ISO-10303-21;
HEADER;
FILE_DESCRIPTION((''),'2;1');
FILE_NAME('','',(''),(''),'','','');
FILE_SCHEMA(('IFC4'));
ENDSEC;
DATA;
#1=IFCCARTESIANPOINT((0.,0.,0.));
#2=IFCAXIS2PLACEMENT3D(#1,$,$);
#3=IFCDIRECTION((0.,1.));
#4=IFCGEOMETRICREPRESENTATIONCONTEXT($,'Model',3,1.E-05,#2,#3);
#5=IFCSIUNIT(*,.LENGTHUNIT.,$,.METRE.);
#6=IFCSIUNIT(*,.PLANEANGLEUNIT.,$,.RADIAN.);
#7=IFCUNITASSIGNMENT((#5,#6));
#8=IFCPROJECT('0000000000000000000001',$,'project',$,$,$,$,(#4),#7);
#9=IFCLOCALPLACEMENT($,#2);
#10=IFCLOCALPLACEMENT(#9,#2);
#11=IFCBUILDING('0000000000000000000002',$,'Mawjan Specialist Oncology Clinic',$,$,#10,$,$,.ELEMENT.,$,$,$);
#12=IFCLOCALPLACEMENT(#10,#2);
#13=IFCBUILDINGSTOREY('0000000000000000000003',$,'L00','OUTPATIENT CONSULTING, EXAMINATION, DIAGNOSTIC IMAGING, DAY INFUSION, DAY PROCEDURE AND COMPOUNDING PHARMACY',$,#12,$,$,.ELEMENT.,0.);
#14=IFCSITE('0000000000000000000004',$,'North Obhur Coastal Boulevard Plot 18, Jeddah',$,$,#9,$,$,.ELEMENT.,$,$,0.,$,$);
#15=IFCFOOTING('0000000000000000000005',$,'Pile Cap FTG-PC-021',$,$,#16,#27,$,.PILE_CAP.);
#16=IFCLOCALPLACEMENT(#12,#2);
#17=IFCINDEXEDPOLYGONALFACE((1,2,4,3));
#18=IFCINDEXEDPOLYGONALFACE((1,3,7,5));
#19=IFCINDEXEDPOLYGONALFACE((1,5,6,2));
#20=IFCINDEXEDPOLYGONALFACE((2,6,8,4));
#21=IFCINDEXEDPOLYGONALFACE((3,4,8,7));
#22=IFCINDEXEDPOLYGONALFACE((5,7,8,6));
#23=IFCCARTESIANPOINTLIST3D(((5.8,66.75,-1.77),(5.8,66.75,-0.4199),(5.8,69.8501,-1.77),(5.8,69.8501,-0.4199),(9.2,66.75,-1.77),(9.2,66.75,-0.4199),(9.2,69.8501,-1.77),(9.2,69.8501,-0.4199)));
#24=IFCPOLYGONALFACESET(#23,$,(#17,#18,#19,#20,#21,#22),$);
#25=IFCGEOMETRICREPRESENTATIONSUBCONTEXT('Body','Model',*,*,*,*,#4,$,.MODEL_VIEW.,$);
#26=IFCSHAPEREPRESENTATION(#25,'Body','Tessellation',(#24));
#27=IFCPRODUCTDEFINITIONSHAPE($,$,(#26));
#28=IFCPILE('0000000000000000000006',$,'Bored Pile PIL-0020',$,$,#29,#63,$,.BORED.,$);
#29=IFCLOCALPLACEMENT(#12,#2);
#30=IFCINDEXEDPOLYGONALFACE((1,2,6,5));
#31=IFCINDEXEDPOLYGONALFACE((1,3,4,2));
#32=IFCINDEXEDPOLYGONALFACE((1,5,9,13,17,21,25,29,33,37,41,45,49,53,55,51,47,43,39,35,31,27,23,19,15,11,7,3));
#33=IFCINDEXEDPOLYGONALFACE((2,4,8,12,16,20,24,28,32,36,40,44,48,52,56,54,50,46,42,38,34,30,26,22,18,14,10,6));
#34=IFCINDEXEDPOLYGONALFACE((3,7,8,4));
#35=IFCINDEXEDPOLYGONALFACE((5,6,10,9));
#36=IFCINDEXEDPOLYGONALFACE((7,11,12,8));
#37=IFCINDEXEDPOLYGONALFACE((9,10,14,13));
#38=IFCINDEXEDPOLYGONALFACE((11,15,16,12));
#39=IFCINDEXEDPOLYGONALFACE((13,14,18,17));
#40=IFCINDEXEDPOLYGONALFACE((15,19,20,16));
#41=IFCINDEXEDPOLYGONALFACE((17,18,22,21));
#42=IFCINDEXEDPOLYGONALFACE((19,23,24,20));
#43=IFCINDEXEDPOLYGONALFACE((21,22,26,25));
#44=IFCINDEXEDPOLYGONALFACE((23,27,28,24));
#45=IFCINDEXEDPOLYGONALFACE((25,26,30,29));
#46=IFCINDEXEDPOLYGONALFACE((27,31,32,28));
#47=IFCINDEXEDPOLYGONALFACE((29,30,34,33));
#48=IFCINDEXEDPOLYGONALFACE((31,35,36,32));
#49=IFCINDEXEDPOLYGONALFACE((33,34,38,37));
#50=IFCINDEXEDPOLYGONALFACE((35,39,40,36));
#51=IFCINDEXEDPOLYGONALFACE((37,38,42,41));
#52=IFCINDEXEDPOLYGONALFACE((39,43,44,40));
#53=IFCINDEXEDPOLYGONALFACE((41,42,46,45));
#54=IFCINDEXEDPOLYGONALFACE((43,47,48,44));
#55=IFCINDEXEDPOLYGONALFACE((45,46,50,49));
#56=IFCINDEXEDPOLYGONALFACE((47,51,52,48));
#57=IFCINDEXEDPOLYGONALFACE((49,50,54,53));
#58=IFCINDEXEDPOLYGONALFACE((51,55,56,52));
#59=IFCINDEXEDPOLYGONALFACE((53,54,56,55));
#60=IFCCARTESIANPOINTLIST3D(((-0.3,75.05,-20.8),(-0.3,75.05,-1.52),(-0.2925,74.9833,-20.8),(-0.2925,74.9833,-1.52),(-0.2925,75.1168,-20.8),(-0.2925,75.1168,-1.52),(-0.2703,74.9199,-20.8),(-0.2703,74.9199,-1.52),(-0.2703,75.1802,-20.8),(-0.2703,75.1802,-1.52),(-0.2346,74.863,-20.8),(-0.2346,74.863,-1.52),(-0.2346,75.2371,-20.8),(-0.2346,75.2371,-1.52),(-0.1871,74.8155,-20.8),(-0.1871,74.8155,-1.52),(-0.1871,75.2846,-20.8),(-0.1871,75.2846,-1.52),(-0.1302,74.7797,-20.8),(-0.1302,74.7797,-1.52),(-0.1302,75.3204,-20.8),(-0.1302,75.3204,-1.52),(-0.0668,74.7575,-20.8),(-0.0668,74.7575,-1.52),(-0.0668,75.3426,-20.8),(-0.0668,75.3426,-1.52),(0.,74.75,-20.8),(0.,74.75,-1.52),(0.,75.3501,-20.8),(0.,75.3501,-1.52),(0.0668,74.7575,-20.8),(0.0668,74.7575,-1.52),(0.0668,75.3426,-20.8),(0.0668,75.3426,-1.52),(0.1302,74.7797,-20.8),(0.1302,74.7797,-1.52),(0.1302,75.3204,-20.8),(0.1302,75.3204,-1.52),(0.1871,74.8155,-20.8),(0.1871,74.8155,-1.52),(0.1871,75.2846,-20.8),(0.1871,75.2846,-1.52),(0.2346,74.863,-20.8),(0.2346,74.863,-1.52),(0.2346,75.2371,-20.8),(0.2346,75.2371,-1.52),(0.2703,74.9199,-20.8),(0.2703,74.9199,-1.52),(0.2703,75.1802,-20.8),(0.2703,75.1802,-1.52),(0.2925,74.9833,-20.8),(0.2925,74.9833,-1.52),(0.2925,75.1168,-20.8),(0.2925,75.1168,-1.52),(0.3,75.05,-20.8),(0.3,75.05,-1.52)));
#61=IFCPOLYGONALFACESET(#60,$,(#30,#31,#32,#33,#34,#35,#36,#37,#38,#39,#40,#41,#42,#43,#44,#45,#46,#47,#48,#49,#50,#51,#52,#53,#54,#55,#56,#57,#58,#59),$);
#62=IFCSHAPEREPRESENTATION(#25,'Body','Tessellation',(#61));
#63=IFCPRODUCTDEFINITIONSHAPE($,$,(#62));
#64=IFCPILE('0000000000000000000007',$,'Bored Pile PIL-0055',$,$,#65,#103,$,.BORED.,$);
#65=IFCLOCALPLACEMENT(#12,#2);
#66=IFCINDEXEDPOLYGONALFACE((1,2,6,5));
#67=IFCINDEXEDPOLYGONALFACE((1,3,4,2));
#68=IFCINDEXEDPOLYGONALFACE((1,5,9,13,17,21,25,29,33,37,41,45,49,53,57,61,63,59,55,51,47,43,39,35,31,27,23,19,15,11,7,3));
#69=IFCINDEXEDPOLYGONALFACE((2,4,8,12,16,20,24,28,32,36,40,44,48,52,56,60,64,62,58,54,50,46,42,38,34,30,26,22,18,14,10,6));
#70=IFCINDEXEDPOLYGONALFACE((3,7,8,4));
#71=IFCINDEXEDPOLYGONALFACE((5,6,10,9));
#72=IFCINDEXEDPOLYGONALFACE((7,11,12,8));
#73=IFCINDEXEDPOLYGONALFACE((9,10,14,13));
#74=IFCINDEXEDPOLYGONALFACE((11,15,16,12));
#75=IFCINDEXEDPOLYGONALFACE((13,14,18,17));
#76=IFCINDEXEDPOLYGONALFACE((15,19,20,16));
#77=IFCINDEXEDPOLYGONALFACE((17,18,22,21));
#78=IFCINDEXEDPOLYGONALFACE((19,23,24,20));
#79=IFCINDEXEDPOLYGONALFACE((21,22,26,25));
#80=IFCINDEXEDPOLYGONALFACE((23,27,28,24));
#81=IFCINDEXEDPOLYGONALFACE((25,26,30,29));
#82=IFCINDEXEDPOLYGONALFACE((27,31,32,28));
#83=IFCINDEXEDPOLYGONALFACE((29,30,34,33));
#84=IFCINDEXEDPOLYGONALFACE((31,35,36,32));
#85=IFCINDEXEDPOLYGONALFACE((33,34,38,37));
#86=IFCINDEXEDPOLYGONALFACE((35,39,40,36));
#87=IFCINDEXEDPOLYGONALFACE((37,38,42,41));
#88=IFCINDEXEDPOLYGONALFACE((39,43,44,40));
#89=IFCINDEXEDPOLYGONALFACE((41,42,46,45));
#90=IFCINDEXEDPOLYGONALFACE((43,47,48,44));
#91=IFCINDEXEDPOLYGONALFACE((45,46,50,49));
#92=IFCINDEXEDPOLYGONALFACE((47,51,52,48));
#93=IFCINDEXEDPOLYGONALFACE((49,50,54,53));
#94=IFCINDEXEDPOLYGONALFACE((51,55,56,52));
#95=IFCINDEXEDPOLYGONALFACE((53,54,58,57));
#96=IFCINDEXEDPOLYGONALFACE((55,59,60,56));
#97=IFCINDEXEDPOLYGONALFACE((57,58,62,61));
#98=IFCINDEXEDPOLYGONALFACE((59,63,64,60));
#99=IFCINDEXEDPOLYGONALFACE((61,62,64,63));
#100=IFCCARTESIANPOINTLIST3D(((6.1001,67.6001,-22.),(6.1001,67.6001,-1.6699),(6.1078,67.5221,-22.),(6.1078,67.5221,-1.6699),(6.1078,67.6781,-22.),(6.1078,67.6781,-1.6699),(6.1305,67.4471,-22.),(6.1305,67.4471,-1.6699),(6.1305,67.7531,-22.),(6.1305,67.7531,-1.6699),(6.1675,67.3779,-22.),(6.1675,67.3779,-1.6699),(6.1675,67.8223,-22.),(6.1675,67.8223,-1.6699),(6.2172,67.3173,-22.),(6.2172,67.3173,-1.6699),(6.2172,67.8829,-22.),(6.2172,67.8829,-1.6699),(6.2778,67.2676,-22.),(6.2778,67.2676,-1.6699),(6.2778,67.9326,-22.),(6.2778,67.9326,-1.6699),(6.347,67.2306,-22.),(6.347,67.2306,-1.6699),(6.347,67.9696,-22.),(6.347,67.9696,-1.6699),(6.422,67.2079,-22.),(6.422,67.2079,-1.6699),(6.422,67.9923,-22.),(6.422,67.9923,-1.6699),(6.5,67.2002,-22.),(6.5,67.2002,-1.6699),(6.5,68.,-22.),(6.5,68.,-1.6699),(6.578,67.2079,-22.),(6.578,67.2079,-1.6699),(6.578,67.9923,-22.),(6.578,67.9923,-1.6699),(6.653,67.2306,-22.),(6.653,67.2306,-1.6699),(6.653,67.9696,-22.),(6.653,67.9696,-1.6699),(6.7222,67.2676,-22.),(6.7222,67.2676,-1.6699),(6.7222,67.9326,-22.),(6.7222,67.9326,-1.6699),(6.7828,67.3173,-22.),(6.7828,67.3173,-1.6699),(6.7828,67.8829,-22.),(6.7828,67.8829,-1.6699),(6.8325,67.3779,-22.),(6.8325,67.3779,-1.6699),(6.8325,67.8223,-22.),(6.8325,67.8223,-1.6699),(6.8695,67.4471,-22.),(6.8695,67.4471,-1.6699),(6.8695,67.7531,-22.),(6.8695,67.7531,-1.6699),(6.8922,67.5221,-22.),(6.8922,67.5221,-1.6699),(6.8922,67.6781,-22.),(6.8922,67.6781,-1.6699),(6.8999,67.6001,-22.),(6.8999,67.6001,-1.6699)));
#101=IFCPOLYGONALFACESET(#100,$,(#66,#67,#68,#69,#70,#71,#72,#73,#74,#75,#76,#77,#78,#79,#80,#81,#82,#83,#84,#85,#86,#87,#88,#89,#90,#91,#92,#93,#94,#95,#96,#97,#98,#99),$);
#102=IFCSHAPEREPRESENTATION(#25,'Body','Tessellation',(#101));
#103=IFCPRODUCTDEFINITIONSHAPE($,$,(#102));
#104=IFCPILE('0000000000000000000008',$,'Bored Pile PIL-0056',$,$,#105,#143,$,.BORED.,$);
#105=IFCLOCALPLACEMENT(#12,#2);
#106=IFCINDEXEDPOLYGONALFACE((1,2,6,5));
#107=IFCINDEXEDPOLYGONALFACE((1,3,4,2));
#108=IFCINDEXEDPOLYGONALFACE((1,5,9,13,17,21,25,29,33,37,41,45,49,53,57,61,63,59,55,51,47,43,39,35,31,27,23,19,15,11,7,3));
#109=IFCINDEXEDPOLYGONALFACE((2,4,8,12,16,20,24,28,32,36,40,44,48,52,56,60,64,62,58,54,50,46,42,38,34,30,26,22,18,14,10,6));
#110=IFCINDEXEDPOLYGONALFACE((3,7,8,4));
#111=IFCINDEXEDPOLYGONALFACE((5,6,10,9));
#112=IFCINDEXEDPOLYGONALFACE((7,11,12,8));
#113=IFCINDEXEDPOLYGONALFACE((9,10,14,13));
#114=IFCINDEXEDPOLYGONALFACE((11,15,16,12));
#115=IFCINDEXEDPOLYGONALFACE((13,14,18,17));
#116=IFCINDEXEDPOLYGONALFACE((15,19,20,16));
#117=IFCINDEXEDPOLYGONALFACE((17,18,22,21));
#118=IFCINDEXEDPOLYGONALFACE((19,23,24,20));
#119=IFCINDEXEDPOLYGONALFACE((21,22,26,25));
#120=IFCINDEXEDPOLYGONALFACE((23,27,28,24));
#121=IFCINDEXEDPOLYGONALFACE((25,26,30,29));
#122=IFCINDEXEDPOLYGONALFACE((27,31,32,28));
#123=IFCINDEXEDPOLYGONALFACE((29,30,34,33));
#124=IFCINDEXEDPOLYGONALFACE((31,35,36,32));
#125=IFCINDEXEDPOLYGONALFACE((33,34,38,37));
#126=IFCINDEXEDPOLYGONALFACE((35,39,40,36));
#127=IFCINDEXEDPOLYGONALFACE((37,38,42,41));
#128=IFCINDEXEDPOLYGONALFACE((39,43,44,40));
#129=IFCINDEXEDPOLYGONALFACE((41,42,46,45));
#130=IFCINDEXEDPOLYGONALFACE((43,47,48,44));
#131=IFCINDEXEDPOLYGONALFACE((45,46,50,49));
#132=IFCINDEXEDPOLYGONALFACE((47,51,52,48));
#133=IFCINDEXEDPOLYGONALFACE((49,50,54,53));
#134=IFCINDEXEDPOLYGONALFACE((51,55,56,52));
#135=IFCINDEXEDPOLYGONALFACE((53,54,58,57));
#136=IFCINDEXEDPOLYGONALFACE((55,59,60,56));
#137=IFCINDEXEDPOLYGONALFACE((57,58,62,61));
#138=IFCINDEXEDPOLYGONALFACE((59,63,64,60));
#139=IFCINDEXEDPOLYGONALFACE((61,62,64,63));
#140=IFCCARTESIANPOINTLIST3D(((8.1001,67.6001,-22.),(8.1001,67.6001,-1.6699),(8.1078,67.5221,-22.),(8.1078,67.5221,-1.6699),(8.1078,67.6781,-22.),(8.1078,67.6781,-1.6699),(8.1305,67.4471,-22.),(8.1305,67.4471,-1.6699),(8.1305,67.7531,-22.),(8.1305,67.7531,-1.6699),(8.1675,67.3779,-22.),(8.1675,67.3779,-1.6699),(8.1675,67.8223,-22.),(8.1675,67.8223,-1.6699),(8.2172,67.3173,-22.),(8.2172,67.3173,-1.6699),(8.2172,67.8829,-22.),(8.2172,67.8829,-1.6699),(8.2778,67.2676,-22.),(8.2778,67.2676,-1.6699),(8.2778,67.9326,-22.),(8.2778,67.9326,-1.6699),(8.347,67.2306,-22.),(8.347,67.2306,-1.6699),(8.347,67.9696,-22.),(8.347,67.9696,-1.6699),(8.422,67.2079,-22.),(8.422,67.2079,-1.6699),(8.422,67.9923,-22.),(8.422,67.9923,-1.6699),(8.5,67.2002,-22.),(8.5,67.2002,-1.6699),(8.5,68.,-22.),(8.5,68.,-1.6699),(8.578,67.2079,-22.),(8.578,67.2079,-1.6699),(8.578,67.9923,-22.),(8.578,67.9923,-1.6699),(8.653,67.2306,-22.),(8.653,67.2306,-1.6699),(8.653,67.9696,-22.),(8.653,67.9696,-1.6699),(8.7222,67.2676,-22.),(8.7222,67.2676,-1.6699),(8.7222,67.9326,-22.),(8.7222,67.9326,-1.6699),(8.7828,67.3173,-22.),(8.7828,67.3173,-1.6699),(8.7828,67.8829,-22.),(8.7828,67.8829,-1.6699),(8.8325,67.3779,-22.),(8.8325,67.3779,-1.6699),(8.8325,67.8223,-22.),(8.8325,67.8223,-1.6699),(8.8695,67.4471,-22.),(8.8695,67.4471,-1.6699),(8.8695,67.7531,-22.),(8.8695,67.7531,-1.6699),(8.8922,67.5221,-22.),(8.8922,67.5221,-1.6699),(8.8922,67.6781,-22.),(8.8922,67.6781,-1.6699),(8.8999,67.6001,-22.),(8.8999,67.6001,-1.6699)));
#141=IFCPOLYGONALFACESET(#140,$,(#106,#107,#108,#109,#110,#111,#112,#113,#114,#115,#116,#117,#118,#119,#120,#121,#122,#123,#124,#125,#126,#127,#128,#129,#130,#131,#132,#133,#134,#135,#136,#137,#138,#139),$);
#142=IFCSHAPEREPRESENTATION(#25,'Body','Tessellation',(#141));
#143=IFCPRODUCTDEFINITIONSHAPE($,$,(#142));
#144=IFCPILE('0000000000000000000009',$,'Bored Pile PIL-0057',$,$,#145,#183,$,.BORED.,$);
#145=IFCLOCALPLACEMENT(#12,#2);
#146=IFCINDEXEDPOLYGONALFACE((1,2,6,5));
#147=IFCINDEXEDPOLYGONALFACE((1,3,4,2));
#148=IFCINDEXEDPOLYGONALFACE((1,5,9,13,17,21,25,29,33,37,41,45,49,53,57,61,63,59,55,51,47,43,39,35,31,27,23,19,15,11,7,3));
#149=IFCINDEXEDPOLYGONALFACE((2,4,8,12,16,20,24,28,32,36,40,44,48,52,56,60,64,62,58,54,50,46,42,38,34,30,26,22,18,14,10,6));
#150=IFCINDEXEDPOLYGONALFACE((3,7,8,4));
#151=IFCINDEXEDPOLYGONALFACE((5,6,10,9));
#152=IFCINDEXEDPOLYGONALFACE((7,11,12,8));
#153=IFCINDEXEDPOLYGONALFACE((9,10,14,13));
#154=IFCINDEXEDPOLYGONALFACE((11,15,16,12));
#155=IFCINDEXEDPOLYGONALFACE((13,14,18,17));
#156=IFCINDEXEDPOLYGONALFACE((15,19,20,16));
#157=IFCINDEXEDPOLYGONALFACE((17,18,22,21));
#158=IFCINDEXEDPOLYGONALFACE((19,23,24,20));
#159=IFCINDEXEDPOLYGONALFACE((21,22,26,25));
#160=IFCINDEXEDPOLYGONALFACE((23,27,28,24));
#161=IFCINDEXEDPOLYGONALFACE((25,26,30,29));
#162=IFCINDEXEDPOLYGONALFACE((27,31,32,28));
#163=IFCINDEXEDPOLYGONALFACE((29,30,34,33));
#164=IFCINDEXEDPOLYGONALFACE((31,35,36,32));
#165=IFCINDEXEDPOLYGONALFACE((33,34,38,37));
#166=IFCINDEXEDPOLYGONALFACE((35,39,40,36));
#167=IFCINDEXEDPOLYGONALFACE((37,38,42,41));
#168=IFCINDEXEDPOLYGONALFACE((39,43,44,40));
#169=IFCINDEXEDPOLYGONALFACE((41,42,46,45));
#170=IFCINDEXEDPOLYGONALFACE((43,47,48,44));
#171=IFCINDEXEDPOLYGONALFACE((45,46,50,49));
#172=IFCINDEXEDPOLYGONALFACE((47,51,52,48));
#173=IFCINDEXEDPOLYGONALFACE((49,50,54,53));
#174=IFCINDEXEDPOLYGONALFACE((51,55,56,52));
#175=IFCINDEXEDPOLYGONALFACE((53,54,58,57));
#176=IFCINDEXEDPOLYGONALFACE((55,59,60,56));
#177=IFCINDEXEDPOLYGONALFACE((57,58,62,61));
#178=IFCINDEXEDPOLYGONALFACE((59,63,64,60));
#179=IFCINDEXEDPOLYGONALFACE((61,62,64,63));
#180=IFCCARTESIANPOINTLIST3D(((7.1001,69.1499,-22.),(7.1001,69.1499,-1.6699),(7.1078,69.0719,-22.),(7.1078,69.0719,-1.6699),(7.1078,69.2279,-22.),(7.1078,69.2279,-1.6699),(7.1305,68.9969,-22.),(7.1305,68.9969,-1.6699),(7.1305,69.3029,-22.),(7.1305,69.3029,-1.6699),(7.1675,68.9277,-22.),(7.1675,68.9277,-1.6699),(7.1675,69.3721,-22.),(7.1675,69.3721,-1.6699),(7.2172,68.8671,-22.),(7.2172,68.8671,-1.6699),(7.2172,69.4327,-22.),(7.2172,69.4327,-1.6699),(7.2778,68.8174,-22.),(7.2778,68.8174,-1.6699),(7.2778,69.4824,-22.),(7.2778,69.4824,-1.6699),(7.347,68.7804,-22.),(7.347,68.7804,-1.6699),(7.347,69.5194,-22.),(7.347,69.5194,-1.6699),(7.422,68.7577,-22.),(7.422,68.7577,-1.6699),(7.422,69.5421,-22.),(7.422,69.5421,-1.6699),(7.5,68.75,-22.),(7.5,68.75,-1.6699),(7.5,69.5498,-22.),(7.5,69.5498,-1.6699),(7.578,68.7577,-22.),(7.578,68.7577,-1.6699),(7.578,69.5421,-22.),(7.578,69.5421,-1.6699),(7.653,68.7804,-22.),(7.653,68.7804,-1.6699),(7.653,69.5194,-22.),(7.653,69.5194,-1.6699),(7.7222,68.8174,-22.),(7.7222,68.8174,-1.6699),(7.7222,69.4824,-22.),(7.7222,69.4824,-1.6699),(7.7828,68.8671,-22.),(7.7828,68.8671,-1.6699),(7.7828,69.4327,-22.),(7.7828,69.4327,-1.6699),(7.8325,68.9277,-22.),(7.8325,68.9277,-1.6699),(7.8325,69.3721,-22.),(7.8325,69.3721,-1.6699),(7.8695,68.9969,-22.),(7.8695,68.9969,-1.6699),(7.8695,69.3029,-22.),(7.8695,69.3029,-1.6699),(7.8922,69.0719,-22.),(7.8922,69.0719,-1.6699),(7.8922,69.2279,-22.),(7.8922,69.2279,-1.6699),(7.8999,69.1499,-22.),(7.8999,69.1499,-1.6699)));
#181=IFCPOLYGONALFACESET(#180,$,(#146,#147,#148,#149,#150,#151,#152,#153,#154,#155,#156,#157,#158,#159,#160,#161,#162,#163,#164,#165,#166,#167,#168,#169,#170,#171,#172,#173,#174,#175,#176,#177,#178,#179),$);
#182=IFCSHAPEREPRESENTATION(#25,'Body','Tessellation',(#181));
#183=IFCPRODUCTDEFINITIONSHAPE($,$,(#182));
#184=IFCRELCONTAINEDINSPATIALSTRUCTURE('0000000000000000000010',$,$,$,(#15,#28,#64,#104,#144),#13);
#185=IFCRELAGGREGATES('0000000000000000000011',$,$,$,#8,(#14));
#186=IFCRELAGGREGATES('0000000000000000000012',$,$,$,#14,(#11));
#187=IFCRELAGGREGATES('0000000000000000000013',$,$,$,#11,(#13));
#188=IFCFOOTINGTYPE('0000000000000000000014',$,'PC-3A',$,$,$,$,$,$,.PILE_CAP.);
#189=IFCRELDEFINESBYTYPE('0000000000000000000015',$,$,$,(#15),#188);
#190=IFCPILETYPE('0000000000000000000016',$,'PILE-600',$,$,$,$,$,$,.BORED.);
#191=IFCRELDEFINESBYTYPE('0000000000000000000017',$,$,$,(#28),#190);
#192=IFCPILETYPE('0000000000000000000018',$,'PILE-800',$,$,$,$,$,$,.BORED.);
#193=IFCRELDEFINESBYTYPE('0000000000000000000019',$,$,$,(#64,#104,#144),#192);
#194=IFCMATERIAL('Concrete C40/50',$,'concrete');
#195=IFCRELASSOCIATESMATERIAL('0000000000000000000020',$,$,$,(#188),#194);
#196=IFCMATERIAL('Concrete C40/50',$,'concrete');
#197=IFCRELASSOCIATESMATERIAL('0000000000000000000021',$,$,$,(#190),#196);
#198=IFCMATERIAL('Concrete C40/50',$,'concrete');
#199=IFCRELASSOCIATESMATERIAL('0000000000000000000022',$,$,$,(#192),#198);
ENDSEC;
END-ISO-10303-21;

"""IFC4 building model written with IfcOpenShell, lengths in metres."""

from ifc_helpers import new_model, si_unit, direction, frame, origin, origin_2d, place, context, subcontext, project, spatial, rectangle, circle, extrude, material, material_profile, profile_set, type_object, element, save


model = new_model("IFC4")

# Units and contexts
model_context = context("Model", 3, precision=1e-05, world=origin(), true_north=direction((0.0, 1.0)))
body_context = subcontext(model_context, "Body", "Model", "MODEL_VIEW")
ifc_project = project(units=[si_unit("LENGTHUNIT", "METRE"), si_unit("PLANEANGLEUNIT", "RADIAN")], contexts=[model_context])

# Site, building, storey
site_placement = place(None, origin())
site = spatial("IfcSite", under=ifc_project, at=site_placement, Name="North Obhur Coastal Boulevard Plot 18, Jeddah", CompositionType="ELEMENT", RefElevation=0.0)
building_placement = place(site_placement, origin())
building = spatial("IfcBuilding", under=site, at=building_placement, Name="Mawjan Specialist Oncology Clinic", CompositionType="ELEMENT")
storey_placement = place(building_placement, origin())
storey = spatial("IfcBuildingStorey", under=building, at=storey_placement, Name="L00", Description="OUTPATIENT CONSULTING, EXAMINATION, DIAGNOSTIC IMAGING, DAY INFUSION, DAY PROCEDURE AND COMPOUNDING PHARMACY", CompositionType="ELEMENT", Elevation=0.0)

# Footing
ifc_material_1 = material(Name="Concrete C40/50", Category="concrete")
footing_type_1 = type_object("IfcFootingType", Name="PC-3A", PredefinedType="PILE_CAP", material=ifc_material_1)
footing_1_placement = place(storey_placement, frame((7.5, 68.3, -1.77), z_axis=(0.0, 0.0, 1.0), x_axis=(1.0, 0.0, 0.0)))
element("IfcFooting", 1, at=footing_1_placement, inside=storey, type_object=footing_type_1, Name="Pile Cap FTG-PC-021", PredefinedType="PILE_CAP", context=body_context, shape_type="SweptSolid", body=[
    extrude(rectangle(XDim=3.3999, YDim=3.1001, at=origin_2d()), origin(), (0.0, 0.0, 1.0), 1.3501),
])

# Piles
ifc_material_2 = material(Name="Concrete C40/50", Category="concrete")
ifc_material_profile_1 = material_profile(ifc_material_2, circle(Radius=0.3, at=origin_2d()), Name="BORED PILE D600", Category="concrete")
ifc_profile_set_1 = profile_set([ifc_material_profile_1], Name="Concrete C40/50")
pile_type_1 = type_object("IfcPileType", Name="PILE-600", PredefinedType="BORED", material=ifc_profile_set_1)
pile_placement = place(storey_placement, frame((0.0, 75.05, -1.52), z_axis=(0.0, 0.0, -1.0), x_axis=(1.0, 0.0, 0.0)))
element("IfcPile", 2, at=pile_placement, inside=storey, type_object=pile_type_1, Name="Bored Pile PIL-0020", PredefinedType="BORED", context=body_context, shape_type="SweptSolid", body=[
    extrude(circle(Radius=0.3, at=origin_2d()), origin(), (0.0, 0.0, 1.0), 19.28),
])
ifc_material_3 = material(Name="Concrete C40/50", Category="concrete")
ifc_material_profile_2 = material_profile(ifc_material_3, circle(Radius=0.3999, at=origin_2d()), Name="BORED PILE D800", Category="concrete")
ifc_profile_set_2 = profile_set([ifc_material_profile_2], Name="Concrete C40/50")
pile_type_2 = type_object("IfcPileType", Name="PILE-800", PredefinedType="BORED", material=ifc_profile_set_2)
for number, where, z_axis, x_axis, name in (
    (3, (6.5, 67.6001, -1.6699), (0.0, 0.0, -1.0), (1.0, 0.0, 0.0), "Bored Pile PIL-0055"),
    (4, (8.5, 67.6001, -1.6699), (0.0, 0.0, -1.0), (1.0, 0.0, 0.0), "Bored Pile PIL-0056"),
    (5, (7.5, 69.1499, -1.6699), (0.0, 0.0, -1.0), (1.0, 0.0, 0.0), "Bored Pile PIL-0057"),
):
    element("IfcPile", number, at=place(storey_placement, frame(where, z_axis=z_axis, x_axis=x_axis)), inside=storey, type_object=pile_type_2, Name=name, PredefinedType="BORED", context=body_context, shape_type="SweptSolid", body=[
        extrude(circle(Radius=0.3999, at=origin_2d()), origin(), (0.0, 0.0, 1.0), 20.3301),
    ])

save(model, "model.ifc")
